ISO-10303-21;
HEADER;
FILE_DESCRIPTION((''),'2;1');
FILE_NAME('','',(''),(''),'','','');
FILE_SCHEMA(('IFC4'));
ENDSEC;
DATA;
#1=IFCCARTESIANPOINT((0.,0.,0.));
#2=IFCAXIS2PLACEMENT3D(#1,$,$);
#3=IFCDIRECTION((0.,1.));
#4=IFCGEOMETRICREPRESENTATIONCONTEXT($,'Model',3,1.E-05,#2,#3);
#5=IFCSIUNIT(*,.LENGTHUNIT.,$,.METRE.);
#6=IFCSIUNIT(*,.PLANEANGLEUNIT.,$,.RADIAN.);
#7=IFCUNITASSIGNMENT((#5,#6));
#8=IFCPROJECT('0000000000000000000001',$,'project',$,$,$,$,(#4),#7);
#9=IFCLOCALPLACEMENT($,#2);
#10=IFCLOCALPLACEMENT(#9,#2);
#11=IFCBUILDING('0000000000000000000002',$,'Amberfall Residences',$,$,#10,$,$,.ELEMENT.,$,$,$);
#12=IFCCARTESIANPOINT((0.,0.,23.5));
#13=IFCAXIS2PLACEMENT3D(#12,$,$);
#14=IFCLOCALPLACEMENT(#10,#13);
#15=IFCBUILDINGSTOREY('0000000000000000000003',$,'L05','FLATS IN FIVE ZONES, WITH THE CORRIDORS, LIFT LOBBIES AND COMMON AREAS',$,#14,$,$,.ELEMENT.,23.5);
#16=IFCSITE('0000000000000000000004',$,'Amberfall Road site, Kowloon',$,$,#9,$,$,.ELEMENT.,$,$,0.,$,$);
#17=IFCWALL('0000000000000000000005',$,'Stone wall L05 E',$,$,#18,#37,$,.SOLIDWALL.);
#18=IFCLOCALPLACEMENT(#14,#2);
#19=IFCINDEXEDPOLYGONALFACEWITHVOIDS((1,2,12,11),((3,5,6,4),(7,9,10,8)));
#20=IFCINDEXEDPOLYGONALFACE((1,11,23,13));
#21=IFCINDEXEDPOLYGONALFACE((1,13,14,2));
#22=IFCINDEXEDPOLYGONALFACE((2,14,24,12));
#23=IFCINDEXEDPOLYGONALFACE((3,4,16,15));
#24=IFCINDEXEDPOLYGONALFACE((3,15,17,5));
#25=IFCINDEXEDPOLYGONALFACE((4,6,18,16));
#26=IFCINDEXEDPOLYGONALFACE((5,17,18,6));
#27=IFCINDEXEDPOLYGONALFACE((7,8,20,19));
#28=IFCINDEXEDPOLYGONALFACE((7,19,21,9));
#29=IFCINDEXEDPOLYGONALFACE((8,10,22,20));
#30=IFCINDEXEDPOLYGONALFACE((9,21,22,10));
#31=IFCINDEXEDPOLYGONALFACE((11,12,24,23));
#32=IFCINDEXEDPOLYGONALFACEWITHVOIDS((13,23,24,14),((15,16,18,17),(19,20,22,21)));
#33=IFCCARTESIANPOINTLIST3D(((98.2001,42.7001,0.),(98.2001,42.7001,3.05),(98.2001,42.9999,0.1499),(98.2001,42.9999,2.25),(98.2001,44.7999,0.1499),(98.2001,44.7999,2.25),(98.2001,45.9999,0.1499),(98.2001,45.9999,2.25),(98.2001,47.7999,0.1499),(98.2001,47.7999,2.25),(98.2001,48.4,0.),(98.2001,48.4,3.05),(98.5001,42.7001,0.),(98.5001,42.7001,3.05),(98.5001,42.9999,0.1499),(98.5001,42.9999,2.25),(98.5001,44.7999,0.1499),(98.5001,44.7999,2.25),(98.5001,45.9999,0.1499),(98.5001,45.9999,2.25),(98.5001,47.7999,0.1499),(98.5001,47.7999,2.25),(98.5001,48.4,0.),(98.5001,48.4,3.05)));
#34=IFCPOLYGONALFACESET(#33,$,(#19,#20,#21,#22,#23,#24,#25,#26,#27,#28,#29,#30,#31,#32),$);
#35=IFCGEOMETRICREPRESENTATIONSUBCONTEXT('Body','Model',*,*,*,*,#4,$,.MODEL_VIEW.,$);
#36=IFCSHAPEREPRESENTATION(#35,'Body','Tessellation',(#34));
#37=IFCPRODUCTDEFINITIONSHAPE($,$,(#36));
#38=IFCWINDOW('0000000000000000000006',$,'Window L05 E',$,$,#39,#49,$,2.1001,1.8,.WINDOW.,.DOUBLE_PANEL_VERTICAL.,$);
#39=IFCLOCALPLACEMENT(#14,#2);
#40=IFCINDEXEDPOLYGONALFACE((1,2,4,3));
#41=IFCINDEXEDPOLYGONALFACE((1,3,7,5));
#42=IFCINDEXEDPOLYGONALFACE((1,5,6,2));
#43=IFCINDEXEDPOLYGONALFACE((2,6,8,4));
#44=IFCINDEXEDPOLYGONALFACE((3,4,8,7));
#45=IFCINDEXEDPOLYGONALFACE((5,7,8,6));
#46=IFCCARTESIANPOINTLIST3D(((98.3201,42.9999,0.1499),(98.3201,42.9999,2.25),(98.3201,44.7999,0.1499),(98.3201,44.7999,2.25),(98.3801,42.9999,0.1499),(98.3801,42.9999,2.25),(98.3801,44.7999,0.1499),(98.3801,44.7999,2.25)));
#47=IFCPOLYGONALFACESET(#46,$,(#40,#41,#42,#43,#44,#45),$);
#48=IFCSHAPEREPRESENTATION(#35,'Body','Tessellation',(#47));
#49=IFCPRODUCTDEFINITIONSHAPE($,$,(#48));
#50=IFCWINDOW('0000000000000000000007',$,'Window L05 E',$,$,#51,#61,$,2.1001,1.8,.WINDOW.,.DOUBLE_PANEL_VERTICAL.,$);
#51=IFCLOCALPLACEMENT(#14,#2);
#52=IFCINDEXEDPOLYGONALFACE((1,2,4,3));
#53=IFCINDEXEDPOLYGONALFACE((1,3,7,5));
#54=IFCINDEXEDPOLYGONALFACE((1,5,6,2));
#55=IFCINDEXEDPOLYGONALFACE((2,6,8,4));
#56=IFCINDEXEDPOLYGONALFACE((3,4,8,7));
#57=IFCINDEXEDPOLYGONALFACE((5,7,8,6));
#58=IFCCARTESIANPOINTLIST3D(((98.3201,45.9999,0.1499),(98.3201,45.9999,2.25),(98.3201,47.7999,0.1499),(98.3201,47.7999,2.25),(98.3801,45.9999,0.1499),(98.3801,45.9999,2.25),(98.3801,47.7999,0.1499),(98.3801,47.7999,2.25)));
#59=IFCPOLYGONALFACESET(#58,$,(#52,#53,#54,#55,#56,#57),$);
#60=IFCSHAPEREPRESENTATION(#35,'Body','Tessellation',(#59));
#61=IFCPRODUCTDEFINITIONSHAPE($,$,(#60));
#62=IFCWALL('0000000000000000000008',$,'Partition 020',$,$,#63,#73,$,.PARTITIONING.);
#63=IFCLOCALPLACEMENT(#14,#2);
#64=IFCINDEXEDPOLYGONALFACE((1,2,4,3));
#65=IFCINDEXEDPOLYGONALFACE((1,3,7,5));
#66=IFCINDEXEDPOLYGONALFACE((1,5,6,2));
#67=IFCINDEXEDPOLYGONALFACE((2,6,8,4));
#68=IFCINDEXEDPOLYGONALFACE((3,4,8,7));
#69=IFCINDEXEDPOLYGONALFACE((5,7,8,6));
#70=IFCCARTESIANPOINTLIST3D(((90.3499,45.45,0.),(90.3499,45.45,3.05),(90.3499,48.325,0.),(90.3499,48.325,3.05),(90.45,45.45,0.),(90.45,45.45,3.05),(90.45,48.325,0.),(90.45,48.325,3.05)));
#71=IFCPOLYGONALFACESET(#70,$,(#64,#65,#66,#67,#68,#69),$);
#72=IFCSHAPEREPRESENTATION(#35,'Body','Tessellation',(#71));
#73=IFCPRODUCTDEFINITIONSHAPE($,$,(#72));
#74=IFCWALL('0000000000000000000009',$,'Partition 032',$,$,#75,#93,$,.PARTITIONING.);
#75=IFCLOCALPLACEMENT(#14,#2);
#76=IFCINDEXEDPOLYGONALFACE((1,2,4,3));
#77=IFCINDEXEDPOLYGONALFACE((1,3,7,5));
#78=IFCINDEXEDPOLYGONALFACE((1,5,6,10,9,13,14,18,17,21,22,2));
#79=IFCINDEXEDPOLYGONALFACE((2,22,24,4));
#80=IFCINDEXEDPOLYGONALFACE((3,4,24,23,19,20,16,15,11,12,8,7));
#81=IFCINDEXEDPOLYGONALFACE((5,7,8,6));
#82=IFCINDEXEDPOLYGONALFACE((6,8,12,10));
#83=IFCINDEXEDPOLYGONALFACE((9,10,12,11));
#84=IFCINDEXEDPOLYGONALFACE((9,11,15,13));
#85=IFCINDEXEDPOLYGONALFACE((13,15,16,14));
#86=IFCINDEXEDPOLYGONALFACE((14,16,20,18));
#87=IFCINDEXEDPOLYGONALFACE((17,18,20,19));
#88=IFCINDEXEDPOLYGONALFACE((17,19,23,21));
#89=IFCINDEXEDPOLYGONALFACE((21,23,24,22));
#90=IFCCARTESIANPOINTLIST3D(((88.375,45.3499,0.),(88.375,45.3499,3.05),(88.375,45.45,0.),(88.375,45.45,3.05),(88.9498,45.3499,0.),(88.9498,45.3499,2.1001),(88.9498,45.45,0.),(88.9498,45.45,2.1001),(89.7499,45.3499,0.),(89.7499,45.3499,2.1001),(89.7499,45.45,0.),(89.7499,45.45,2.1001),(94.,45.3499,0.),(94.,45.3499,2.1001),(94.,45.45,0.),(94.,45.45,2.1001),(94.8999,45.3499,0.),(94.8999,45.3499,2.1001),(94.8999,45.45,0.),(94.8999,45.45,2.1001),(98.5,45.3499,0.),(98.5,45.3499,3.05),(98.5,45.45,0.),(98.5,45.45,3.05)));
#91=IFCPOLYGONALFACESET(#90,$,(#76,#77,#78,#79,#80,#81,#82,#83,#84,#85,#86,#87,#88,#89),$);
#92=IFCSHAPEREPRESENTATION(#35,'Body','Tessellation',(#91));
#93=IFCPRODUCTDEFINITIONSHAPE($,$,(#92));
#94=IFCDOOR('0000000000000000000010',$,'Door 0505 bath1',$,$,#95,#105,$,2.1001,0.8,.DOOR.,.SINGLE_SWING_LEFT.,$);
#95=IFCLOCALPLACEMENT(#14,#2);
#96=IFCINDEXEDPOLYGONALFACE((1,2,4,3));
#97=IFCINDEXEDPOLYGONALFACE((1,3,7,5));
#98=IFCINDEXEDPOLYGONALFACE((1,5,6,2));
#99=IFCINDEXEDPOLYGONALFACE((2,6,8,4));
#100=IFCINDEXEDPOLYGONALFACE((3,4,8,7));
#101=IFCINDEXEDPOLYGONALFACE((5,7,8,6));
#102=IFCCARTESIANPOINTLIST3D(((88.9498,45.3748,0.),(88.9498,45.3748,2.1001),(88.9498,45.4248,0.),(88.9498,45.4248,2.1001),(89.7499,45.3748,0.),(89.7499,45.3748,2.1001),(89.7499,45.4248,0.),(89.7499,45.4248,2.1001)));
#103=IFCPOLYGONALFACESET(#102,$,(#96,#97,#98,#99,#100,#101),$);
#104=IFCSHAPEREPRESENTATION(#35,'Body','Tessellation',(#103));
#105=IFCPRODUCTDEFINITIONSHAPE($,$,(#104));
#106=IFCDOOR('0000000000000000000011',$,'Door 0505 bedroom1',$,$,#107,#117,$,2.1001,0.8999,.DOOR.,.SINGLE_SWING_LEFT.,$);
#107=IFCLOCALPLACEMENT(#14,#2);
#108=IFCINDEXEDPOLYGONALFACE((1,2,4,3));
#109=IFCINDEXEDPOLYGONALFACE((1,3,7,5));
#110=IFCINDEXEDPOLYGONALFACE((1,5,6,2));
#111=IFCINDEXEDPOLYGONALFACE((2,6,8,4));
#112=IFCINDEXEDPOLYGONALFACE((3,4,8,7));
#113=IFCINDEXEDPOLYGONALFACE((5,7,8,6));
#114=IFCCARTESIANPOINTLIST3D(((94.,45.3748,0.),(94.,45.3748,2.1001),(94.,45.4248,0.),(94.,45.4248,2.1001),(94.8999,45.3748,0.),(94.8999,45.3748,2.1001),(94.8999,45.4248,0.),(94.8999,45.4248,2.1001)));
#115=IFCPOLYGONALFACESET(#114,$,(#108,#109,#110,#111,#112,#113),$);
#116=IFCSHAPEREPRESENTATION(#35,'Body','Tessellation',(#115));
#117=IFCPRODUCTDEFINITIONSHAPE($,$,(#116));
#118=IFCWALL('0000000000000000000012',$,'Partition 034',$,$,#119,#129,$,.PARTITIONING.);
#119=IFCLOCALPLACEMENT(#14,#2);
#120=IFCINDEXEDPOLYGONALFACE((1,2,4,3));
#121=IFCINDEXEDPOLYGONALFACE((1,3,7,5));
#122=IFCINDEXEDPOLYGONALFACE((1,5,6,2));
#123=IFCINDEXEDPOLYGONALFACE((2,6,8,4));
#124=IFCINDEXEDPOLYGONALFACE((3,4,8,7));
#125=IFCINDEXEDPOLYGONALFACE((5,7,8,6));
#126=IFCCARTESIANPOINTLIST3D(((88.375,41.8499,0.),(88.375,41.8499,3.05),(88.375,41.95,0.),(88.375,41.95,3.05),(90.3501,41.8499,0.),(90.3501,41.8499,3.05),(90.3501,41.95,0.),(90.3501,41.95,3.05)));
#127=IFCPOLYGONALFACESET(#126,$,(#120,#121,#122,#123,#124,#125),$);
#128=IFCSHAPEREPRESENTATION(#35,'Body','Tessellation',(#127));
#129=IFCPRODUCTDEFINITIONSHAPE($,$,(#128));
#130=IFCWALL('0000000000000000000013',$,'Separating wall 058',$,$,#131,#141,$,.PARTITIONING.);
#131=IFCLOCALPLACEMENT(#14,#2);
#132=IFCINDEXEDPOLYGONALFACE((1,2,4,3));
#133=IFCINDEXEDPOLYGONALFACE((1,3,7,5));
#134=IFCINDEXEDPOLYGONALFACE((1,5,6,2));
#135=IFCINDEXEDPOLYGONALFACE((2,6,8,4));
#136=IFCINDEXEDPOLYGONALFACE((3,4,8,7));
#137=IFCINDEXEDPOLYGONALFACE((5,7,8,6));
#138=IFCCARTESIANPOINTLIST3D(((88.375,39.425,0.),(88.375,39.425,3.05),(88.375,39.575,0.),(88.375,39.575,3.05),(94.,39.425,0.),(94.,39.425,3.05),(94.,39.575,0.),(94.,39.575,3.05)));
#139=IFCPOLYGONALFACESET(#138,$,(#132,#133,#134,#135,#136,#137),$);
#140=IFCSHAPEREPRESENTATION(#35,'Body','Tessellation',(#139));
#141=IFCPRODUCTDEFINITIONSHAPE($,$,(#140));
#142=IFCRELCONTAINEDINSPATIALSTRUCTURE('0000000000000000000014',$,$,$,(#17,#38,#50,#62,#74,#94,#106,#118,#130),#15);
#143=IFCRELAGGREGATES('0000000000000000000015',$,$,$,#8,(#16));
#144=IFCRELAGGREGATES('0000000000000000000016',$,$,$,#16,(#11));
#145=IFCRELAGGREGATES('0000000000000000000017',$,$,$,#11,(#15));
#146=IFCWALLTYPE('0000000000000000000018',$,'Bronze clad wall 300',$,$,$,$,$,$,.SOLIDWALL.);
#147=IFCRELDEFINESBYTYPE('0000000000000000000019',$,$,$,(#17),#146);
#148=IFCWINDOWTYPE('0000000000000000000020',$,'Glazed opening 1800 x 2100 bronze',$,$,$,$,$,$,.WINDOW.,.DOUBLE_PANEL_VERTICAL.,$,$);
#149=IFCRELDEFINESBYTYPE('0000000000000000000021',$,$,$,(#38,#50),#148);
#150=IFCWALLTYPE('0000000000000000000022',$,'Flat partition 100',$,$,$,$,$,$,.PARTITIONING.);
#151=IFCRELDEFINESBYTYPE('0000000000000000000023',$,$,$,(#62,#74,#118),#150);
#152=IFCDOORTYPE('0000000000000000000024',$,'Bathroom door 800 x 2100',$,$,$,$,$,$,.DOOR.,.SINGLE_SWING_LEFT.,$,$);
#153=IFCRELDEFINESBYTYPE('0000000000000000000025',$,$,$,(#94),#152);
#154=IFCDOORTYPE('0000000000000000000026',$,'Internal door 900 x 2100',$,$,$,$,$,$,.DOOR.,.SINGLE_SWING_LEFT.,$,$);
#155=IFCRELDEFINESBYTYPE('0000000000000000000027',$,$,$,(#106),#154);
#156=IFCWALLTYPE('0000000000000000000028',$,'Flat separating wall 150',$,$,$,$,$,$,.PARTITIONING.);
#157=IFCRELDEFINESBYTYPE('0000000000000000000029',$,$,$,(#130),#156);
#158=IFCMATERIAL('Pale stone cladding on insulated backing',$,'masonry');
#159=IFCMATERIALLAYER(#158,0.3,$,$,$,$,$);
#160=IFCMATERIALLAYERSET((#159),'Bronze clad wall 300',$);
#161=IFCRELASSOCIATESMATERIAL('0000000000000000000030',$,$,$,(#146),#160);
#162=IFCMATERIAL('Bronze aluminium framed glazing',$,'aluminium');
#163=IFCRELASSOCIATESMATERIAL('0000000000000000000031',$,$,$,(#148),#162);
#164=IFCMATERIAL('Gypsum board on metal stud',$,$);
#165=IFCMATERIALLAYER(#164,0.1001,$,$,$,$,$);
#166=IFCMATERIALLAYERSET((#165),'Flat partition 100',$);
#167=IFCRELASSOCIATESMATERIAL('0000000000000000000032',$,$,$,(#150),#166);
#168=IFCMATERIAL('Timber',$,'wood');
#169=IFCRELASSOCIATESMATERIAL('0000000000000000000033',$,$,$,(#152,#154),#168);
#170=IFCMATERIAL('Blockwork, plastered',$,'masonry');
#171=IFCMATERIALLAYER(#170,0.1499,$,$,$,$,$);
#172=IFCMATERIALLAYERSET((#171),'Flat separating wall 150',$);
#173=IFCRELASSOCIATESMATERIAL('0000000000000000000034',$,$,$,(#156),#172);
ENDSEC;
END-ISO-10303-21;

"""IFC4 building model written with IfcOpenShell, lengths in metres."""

from ifc_helpers import new_model, si_unit, direction, frame, frame_2d, origin, place, context, subcontext, project, spatial, rectangle, extrude, material, layer, layer_set, type_object, element, fill, save


model = new_model("IFC4")

# Units and contexts
model_context = context("Model", 3, precision=1e-05, world=origin(), true_north=direction((0.0, 1.0)))
body_context = subcontext(model_context, "Body", "Model", "MODEL_VIEW")
ifc_project = project(units=[si_unit("LENGTHUNIT", "METRE"), si_unit("PLANEANGLEUNIT", "RADIAN")], contexts=[model_context])

# Site, building, storey
site_placement = place(None, origin())
site = spatial("IfcSite", under=ifc_project, at=site_placement, Name="Amberfall Road site, Kowloon", CompositionType="ELEMENT", RefElevation=0.0)
building_placement = place(site_placement, origin())
building = spatial("IfcBuilding", under=site, at=building_placement, Name="Amberfall Residences", CompositionType="ELEMENT")
storey_placement = place(building_placement, frame((0.0, 0.0, 23.5)))
storey = spatial("IfcBuildingStorey", under=building, at=storey_placement, Name="L05", Description="FLATS IN FIVE ZONES, WITH THE CORRIDORS, LIFT LOBBIES AND COMMON AREAS", CompositionType="ELEMENT", Elevation=23.5)

# Shared definitions
ifc_material_1 = material(Name="Pale stone cladding on insulated backing", Category="masonry")
ifc_layer_1 = layer(ifc_material_1, 0.3)
ifc_layer_set_1 = layer_set([ifc_layer_1], Name="Bronze clad wall 300")
wall_type_1 = type_object("IfcWallType", Name="Bronze clad wall 300", PredefinedType="SOLIDWALL", material=ifc_layer_set_1)
ifc_material_2 = material(Name="Bronze aluminium framed glazing", Category="aluminium")

# Wall, openings, windows
wall_1_placement = place(storey_placement, frame((98.3501, 42.7, 0.0), z_axis=(0.0, 0.0, 1.0), x_axis=(0.0, 1.0, 0.0)))
wall_1 = element("IfcWall", 1, at=wall_1_placement, inside=storey, type_object=wall_type_1, Name="Stone wall L05 E", PredefinedType="SOLIDWALL", context=body_context, shape_type="SweptSolid", body=[
    extrude(rectangle(XDim=5.7, YDim=0.3, at=frame_2d((2.8501, 0.0))), origin(), (0.0, 0.0, 1.0), 3.05),
])
opening_1_placement = place(wall_1_placement, frame((0.3, 0.0, 0.1499)))
opening_1 = element("IfcOpeningElement", 2, at=opening_1_placement, cuts=wall_1, PredefinedType="OPENING", context=body_context, shape_type="SweptSolid", body=[
    extrude(rectangle(XDim=1.8, YDim=2.1001, at=frame_2d((0.8999, 1.05))), frame((0.0, 0.1599, 0.0), z_axis=(0.0, -1.0, 0.0), x_axis=(1.0, 0.0, 0.0)), (0.0, 0.0, 1.0), 0.3201),
])
opening_2_placement = place(wall_1_placement, frame((3.3, 0.0, 0.1499)))
opening_2 = element("IfcOpeningElement", 3, at=opening_2_placement, cuts=wall_1, PredefinedType="OPENING", context=body_context, shape_type="SweptSolid", body=[
    extrude(rectangle(XDim=1.8, YDim=2.1001, at=frame_2d((0.8999, 1.05))), frame((0.0, 0.1599, 0.0), z_axis=(0.0, -1.0, 0.0), x_axis=(1.0, 0.0, 0.0)), (0.0, 0.0, 1.0), 0.3201),
])
window_type_1 = type_object("IfcWindowType", Name="Glazed opening 1800 x 2100 bronze", PartitioningType="DOUBLE_PANEL_VERTICAL", PredefinedType="WINDOW", material=ifc_material_2)
window_1_placement = place(opening_1_placement, origin())
window_1 = element("IfcWindow", 4, at=window_1_placement, inside=storey, type_object=window_type_1, Name="Window L05 E", OverallHeight=2.1001, OverallWidth=1.8, PartitioningType="DOUBLE_PANEL_VERTICAL", PredefinedType="WINDOW", context=body_context, shape_type="SweptSolid", body=[
    extrude(rectangle(XDim=1.8, YDim=2.1001, at=frame_2d((0.8999, 1.05))), frame((0.0, 0.03, 0.0), z_axis=(0.0, -1.0, 0.0), x_axis=(1.0, 0.0, 0.0)), (0.0, 0.0, 1.0), 0.0601),
])
fill(opening_1, window_1)
window_2_placement = place(opening_2_placement, origin())
window_2 = element("IfcWindow", 5, at=window_2_placement, inside=storey, type_object=window_type_1, Name="Window L05 E", OverallHeight=2.1001, OverallWidth=1.8, PartitioningType="DOUBLE_PANEL_VERTICAL", PredefinedType="WINDOW", context=body_context, shape_type="SweptSolid", body=[
    extrude(rectangle(XDim=1.8, YDim=2.1001, at=frame_2d((0.8999, 1.05))), frame((0.0, 0.03, 0.0), z_axis=(0.0, -1.0, 0.0), x_axis=(1.0, 0.0, 0.0)), (0.0, 0.0, 1.0), 0.0601),
])
fill(opening_2, window_2)

# Wall
ifc_material_3 = material(Name="Gypsum board on metal stud")
ifc_layer_2 = layer(ifc_material_3, 0.1001)
ifc_layer_set_2 = layer_set([ifc_layer_2], Name="Flat partition 100")
wall_type_2 = type_object("IfcWallType", Name="Flat partition 100", PredefinedType="PARTITIONING", material=ifc_layer_set_2)
wall_2_placement = place(storey_placement, frame((90.3999, 45.45, 0.0), z_axis=(0.0, 0.0, 1.0), x_axis=(0.0, 1.0, 0.0)))
element("IfcWall", 6, at=wall_2_placement, inside=storey, type_object=wall_type_2, Name="Partition 020", PredefinedType="PARTITIONING", context=body_context, shape_type="SweptSolid", body=[
    extrude(rectangle(XDim=2.875, YDim=0.1001, at=frame_2d((1.4375, 0.0))), origin(), (0.0, 0.0, 1.0), 3.05),
])

# Wall, openings, doors
wall_3_placement = place(storey_placement, frame((88.375, 45.3999, 0.0), z_axis=(0.0, 0.0, 1.0), x_axis=(1.0, 0.0, 0.0)))
wall_3 = element("IfcWall", 7, at=wall_3_placement, inside=storey, type_object=wall_type_2, Name="Partition 032", PredefinedType="PARTITIONING", context=body_context, shape_type="SweptSolid", body=[
    extrude(rectangle(XDim=10.125, YDim=0.1001, at=frame_2d((5.0625, 0.0))), origin(), (0.0, 0.0, 1.0), 3.05),
])
opening_3_placement = place(wall_3_placement, frame((5.625, 0.0, 0.0)))
opening_3 = element("IfcOpeningElement", 8, at=opening_3_placement, cuts=wall_3, PredefinedType="OPENING", context=body_context, shape_type="SweptSolid", body=[
    extrude(rectangle(XDim=0.8999, YDim=2.1001, at=frame_2d((0.45, 1.05))), frame((0.0, 0.0601, 0.0), z_axis=(0.0, -1.0, 0.0), x_axis=(1.0, 0.0, 0.0)), (0.0, 0.0, 1.0), 0.1201),
])
opening_4_placement = place(wall_3_placement, frame((0.575, 0.0, 0.0)))
opening_4 = element("IfcOpeningElement", 9, at=opening_4_placement, cuts=wall_3, PredefinedType="OPENING", context=body_context, shape_type="SweptSolid", body=[
    extrude(rectangle(XDim=0.8, YDim=2.1001, at=frame_2d((0.3999, 1.05))), frame((0.0, 0.0601, 0.0), z_axis=(0.0, -1.0, 0.0), x_axis=(1.0, 0.0, 0.0)), (0.0, 0.0, 1.0), 0.1201),
])
ifc_material_4 = material(Name="Timber", Category="wood")
door_type_1 = type_object("IfcDoorType", Name="Bathroom door 800 x 2100", OperationType="SINGLE_SWING_LEFT", PredefinedType="DOOR", material=ifc_material_4)
door_1_placement = place(opening_4_placement, origin())
door_1 = element("IfcDoor", 10, at=door_1_placement, inside=storey, type_object=door_type_1, Name="Door 0505 bath1", OperationType="SINGLE_SWING_LEFT", OverallHeight=2.1001, OverallWidth=0.8, PredefinedType="DOOR", context=body_context, shape_type="SweptSolid", body=[
    extrude(rectangle(XDim=0.8, YDim=2.1001, at=frame_2d((0.3999, 1.05))), frame((0.0, 0.0249, 0.0), z_axis=(0.0, -1.0, 0.0), x_axis=(1.0, 0.0, 0.0)), (0.0, 0.0, 1.0), 0.05),
])
fill(opening_4, door_1)
door_type_2 = type_object("IfcDoorType", Name="Internal door 900 x 2100", OperationType="SINGLE_SWING_LEFT", PredefinedType="DOOR", material=ifc_material_4)
door_2_placement = place(opening_3_placement, origin())
door_2 = element("IfcDoor", 11, at=door_2_placement, inside=storey, type_object=door_type_2, Name="Door 0505 bedroom1", OperationType="SINGLE_SWING_LEFT", OverallHeight=2.1001, OverallWidth=0.8999, PredefinedType="DOOR", context=body_context, shape_type="SweptSolid", body=[
    extrude(rectangle(XDim=0.8999, YDim=2.1001, at=frame_2d((0.45, 1.05))), frame((0.0, 0.0249, 0.0), z_axis=(0.0, -1.0, 0.0), x_axis=(1.0, 0.0, 0.0)), (0.0, 0.0, 1.0), 0.05),
])
fill(opening_3, door_2)

# Walls
wall_4_placement = place(storey_placement, frame((88.375, 41.8999, 0.0), z_axis=(0.0, 0.0, 1.0), x_axis=(1.0, 0.0, 0.0)))
element("IfcWall", 12, at=wall_4_placement, inside=storey, type_object=wall_type_2, Name="Partition 034", PredefinedType="PARTITIONING", context=body_context, shape_type="SweptSolid", body=[
    extrude(rectangle(XDim=1.9751, YDim=0.1001, at=frame_2d((0.9875, 0.0))), origin(), (0.0, 0.0, 1.0), 3.05),
])
ifc_material_5 = material(Name="Blockwork, plastered", Category="masonry")
ifc_layer_3 = layer(ifc_material_5, 0.1499)
ifc_layer_set_3 = layer_set([ifc_layer_3], Name="Flat separating wall 150")
wall_type_3 = type_object("IfcWallType", Name="Flat separating wall 150", PredefinedType="PARTITIONING", material=ifc_layer_set_3)
wall_5_placement = place(storey_placement, frame((88.375, 39.5, 0.0), z_axis=(0.0, 0.0, 1.0), x_axis=(1.0, 0.0, 0.0)))
element("IfcWall", 13, at=wall_5_placement, inside=storey, type_object=wall_type_3, Name="Separating wall 058", PredefinedType="PARTITIONING", context=body_context, shape_type="SweptSolid", body=[
    extrude(rectangle(XDim=5.625, YDim=0.1499, at=frame_2d((2.8125, 0.0))), origin(), (0.0, 0.0, 1.0), 3.05),
])

save(model, "model.ifc")
